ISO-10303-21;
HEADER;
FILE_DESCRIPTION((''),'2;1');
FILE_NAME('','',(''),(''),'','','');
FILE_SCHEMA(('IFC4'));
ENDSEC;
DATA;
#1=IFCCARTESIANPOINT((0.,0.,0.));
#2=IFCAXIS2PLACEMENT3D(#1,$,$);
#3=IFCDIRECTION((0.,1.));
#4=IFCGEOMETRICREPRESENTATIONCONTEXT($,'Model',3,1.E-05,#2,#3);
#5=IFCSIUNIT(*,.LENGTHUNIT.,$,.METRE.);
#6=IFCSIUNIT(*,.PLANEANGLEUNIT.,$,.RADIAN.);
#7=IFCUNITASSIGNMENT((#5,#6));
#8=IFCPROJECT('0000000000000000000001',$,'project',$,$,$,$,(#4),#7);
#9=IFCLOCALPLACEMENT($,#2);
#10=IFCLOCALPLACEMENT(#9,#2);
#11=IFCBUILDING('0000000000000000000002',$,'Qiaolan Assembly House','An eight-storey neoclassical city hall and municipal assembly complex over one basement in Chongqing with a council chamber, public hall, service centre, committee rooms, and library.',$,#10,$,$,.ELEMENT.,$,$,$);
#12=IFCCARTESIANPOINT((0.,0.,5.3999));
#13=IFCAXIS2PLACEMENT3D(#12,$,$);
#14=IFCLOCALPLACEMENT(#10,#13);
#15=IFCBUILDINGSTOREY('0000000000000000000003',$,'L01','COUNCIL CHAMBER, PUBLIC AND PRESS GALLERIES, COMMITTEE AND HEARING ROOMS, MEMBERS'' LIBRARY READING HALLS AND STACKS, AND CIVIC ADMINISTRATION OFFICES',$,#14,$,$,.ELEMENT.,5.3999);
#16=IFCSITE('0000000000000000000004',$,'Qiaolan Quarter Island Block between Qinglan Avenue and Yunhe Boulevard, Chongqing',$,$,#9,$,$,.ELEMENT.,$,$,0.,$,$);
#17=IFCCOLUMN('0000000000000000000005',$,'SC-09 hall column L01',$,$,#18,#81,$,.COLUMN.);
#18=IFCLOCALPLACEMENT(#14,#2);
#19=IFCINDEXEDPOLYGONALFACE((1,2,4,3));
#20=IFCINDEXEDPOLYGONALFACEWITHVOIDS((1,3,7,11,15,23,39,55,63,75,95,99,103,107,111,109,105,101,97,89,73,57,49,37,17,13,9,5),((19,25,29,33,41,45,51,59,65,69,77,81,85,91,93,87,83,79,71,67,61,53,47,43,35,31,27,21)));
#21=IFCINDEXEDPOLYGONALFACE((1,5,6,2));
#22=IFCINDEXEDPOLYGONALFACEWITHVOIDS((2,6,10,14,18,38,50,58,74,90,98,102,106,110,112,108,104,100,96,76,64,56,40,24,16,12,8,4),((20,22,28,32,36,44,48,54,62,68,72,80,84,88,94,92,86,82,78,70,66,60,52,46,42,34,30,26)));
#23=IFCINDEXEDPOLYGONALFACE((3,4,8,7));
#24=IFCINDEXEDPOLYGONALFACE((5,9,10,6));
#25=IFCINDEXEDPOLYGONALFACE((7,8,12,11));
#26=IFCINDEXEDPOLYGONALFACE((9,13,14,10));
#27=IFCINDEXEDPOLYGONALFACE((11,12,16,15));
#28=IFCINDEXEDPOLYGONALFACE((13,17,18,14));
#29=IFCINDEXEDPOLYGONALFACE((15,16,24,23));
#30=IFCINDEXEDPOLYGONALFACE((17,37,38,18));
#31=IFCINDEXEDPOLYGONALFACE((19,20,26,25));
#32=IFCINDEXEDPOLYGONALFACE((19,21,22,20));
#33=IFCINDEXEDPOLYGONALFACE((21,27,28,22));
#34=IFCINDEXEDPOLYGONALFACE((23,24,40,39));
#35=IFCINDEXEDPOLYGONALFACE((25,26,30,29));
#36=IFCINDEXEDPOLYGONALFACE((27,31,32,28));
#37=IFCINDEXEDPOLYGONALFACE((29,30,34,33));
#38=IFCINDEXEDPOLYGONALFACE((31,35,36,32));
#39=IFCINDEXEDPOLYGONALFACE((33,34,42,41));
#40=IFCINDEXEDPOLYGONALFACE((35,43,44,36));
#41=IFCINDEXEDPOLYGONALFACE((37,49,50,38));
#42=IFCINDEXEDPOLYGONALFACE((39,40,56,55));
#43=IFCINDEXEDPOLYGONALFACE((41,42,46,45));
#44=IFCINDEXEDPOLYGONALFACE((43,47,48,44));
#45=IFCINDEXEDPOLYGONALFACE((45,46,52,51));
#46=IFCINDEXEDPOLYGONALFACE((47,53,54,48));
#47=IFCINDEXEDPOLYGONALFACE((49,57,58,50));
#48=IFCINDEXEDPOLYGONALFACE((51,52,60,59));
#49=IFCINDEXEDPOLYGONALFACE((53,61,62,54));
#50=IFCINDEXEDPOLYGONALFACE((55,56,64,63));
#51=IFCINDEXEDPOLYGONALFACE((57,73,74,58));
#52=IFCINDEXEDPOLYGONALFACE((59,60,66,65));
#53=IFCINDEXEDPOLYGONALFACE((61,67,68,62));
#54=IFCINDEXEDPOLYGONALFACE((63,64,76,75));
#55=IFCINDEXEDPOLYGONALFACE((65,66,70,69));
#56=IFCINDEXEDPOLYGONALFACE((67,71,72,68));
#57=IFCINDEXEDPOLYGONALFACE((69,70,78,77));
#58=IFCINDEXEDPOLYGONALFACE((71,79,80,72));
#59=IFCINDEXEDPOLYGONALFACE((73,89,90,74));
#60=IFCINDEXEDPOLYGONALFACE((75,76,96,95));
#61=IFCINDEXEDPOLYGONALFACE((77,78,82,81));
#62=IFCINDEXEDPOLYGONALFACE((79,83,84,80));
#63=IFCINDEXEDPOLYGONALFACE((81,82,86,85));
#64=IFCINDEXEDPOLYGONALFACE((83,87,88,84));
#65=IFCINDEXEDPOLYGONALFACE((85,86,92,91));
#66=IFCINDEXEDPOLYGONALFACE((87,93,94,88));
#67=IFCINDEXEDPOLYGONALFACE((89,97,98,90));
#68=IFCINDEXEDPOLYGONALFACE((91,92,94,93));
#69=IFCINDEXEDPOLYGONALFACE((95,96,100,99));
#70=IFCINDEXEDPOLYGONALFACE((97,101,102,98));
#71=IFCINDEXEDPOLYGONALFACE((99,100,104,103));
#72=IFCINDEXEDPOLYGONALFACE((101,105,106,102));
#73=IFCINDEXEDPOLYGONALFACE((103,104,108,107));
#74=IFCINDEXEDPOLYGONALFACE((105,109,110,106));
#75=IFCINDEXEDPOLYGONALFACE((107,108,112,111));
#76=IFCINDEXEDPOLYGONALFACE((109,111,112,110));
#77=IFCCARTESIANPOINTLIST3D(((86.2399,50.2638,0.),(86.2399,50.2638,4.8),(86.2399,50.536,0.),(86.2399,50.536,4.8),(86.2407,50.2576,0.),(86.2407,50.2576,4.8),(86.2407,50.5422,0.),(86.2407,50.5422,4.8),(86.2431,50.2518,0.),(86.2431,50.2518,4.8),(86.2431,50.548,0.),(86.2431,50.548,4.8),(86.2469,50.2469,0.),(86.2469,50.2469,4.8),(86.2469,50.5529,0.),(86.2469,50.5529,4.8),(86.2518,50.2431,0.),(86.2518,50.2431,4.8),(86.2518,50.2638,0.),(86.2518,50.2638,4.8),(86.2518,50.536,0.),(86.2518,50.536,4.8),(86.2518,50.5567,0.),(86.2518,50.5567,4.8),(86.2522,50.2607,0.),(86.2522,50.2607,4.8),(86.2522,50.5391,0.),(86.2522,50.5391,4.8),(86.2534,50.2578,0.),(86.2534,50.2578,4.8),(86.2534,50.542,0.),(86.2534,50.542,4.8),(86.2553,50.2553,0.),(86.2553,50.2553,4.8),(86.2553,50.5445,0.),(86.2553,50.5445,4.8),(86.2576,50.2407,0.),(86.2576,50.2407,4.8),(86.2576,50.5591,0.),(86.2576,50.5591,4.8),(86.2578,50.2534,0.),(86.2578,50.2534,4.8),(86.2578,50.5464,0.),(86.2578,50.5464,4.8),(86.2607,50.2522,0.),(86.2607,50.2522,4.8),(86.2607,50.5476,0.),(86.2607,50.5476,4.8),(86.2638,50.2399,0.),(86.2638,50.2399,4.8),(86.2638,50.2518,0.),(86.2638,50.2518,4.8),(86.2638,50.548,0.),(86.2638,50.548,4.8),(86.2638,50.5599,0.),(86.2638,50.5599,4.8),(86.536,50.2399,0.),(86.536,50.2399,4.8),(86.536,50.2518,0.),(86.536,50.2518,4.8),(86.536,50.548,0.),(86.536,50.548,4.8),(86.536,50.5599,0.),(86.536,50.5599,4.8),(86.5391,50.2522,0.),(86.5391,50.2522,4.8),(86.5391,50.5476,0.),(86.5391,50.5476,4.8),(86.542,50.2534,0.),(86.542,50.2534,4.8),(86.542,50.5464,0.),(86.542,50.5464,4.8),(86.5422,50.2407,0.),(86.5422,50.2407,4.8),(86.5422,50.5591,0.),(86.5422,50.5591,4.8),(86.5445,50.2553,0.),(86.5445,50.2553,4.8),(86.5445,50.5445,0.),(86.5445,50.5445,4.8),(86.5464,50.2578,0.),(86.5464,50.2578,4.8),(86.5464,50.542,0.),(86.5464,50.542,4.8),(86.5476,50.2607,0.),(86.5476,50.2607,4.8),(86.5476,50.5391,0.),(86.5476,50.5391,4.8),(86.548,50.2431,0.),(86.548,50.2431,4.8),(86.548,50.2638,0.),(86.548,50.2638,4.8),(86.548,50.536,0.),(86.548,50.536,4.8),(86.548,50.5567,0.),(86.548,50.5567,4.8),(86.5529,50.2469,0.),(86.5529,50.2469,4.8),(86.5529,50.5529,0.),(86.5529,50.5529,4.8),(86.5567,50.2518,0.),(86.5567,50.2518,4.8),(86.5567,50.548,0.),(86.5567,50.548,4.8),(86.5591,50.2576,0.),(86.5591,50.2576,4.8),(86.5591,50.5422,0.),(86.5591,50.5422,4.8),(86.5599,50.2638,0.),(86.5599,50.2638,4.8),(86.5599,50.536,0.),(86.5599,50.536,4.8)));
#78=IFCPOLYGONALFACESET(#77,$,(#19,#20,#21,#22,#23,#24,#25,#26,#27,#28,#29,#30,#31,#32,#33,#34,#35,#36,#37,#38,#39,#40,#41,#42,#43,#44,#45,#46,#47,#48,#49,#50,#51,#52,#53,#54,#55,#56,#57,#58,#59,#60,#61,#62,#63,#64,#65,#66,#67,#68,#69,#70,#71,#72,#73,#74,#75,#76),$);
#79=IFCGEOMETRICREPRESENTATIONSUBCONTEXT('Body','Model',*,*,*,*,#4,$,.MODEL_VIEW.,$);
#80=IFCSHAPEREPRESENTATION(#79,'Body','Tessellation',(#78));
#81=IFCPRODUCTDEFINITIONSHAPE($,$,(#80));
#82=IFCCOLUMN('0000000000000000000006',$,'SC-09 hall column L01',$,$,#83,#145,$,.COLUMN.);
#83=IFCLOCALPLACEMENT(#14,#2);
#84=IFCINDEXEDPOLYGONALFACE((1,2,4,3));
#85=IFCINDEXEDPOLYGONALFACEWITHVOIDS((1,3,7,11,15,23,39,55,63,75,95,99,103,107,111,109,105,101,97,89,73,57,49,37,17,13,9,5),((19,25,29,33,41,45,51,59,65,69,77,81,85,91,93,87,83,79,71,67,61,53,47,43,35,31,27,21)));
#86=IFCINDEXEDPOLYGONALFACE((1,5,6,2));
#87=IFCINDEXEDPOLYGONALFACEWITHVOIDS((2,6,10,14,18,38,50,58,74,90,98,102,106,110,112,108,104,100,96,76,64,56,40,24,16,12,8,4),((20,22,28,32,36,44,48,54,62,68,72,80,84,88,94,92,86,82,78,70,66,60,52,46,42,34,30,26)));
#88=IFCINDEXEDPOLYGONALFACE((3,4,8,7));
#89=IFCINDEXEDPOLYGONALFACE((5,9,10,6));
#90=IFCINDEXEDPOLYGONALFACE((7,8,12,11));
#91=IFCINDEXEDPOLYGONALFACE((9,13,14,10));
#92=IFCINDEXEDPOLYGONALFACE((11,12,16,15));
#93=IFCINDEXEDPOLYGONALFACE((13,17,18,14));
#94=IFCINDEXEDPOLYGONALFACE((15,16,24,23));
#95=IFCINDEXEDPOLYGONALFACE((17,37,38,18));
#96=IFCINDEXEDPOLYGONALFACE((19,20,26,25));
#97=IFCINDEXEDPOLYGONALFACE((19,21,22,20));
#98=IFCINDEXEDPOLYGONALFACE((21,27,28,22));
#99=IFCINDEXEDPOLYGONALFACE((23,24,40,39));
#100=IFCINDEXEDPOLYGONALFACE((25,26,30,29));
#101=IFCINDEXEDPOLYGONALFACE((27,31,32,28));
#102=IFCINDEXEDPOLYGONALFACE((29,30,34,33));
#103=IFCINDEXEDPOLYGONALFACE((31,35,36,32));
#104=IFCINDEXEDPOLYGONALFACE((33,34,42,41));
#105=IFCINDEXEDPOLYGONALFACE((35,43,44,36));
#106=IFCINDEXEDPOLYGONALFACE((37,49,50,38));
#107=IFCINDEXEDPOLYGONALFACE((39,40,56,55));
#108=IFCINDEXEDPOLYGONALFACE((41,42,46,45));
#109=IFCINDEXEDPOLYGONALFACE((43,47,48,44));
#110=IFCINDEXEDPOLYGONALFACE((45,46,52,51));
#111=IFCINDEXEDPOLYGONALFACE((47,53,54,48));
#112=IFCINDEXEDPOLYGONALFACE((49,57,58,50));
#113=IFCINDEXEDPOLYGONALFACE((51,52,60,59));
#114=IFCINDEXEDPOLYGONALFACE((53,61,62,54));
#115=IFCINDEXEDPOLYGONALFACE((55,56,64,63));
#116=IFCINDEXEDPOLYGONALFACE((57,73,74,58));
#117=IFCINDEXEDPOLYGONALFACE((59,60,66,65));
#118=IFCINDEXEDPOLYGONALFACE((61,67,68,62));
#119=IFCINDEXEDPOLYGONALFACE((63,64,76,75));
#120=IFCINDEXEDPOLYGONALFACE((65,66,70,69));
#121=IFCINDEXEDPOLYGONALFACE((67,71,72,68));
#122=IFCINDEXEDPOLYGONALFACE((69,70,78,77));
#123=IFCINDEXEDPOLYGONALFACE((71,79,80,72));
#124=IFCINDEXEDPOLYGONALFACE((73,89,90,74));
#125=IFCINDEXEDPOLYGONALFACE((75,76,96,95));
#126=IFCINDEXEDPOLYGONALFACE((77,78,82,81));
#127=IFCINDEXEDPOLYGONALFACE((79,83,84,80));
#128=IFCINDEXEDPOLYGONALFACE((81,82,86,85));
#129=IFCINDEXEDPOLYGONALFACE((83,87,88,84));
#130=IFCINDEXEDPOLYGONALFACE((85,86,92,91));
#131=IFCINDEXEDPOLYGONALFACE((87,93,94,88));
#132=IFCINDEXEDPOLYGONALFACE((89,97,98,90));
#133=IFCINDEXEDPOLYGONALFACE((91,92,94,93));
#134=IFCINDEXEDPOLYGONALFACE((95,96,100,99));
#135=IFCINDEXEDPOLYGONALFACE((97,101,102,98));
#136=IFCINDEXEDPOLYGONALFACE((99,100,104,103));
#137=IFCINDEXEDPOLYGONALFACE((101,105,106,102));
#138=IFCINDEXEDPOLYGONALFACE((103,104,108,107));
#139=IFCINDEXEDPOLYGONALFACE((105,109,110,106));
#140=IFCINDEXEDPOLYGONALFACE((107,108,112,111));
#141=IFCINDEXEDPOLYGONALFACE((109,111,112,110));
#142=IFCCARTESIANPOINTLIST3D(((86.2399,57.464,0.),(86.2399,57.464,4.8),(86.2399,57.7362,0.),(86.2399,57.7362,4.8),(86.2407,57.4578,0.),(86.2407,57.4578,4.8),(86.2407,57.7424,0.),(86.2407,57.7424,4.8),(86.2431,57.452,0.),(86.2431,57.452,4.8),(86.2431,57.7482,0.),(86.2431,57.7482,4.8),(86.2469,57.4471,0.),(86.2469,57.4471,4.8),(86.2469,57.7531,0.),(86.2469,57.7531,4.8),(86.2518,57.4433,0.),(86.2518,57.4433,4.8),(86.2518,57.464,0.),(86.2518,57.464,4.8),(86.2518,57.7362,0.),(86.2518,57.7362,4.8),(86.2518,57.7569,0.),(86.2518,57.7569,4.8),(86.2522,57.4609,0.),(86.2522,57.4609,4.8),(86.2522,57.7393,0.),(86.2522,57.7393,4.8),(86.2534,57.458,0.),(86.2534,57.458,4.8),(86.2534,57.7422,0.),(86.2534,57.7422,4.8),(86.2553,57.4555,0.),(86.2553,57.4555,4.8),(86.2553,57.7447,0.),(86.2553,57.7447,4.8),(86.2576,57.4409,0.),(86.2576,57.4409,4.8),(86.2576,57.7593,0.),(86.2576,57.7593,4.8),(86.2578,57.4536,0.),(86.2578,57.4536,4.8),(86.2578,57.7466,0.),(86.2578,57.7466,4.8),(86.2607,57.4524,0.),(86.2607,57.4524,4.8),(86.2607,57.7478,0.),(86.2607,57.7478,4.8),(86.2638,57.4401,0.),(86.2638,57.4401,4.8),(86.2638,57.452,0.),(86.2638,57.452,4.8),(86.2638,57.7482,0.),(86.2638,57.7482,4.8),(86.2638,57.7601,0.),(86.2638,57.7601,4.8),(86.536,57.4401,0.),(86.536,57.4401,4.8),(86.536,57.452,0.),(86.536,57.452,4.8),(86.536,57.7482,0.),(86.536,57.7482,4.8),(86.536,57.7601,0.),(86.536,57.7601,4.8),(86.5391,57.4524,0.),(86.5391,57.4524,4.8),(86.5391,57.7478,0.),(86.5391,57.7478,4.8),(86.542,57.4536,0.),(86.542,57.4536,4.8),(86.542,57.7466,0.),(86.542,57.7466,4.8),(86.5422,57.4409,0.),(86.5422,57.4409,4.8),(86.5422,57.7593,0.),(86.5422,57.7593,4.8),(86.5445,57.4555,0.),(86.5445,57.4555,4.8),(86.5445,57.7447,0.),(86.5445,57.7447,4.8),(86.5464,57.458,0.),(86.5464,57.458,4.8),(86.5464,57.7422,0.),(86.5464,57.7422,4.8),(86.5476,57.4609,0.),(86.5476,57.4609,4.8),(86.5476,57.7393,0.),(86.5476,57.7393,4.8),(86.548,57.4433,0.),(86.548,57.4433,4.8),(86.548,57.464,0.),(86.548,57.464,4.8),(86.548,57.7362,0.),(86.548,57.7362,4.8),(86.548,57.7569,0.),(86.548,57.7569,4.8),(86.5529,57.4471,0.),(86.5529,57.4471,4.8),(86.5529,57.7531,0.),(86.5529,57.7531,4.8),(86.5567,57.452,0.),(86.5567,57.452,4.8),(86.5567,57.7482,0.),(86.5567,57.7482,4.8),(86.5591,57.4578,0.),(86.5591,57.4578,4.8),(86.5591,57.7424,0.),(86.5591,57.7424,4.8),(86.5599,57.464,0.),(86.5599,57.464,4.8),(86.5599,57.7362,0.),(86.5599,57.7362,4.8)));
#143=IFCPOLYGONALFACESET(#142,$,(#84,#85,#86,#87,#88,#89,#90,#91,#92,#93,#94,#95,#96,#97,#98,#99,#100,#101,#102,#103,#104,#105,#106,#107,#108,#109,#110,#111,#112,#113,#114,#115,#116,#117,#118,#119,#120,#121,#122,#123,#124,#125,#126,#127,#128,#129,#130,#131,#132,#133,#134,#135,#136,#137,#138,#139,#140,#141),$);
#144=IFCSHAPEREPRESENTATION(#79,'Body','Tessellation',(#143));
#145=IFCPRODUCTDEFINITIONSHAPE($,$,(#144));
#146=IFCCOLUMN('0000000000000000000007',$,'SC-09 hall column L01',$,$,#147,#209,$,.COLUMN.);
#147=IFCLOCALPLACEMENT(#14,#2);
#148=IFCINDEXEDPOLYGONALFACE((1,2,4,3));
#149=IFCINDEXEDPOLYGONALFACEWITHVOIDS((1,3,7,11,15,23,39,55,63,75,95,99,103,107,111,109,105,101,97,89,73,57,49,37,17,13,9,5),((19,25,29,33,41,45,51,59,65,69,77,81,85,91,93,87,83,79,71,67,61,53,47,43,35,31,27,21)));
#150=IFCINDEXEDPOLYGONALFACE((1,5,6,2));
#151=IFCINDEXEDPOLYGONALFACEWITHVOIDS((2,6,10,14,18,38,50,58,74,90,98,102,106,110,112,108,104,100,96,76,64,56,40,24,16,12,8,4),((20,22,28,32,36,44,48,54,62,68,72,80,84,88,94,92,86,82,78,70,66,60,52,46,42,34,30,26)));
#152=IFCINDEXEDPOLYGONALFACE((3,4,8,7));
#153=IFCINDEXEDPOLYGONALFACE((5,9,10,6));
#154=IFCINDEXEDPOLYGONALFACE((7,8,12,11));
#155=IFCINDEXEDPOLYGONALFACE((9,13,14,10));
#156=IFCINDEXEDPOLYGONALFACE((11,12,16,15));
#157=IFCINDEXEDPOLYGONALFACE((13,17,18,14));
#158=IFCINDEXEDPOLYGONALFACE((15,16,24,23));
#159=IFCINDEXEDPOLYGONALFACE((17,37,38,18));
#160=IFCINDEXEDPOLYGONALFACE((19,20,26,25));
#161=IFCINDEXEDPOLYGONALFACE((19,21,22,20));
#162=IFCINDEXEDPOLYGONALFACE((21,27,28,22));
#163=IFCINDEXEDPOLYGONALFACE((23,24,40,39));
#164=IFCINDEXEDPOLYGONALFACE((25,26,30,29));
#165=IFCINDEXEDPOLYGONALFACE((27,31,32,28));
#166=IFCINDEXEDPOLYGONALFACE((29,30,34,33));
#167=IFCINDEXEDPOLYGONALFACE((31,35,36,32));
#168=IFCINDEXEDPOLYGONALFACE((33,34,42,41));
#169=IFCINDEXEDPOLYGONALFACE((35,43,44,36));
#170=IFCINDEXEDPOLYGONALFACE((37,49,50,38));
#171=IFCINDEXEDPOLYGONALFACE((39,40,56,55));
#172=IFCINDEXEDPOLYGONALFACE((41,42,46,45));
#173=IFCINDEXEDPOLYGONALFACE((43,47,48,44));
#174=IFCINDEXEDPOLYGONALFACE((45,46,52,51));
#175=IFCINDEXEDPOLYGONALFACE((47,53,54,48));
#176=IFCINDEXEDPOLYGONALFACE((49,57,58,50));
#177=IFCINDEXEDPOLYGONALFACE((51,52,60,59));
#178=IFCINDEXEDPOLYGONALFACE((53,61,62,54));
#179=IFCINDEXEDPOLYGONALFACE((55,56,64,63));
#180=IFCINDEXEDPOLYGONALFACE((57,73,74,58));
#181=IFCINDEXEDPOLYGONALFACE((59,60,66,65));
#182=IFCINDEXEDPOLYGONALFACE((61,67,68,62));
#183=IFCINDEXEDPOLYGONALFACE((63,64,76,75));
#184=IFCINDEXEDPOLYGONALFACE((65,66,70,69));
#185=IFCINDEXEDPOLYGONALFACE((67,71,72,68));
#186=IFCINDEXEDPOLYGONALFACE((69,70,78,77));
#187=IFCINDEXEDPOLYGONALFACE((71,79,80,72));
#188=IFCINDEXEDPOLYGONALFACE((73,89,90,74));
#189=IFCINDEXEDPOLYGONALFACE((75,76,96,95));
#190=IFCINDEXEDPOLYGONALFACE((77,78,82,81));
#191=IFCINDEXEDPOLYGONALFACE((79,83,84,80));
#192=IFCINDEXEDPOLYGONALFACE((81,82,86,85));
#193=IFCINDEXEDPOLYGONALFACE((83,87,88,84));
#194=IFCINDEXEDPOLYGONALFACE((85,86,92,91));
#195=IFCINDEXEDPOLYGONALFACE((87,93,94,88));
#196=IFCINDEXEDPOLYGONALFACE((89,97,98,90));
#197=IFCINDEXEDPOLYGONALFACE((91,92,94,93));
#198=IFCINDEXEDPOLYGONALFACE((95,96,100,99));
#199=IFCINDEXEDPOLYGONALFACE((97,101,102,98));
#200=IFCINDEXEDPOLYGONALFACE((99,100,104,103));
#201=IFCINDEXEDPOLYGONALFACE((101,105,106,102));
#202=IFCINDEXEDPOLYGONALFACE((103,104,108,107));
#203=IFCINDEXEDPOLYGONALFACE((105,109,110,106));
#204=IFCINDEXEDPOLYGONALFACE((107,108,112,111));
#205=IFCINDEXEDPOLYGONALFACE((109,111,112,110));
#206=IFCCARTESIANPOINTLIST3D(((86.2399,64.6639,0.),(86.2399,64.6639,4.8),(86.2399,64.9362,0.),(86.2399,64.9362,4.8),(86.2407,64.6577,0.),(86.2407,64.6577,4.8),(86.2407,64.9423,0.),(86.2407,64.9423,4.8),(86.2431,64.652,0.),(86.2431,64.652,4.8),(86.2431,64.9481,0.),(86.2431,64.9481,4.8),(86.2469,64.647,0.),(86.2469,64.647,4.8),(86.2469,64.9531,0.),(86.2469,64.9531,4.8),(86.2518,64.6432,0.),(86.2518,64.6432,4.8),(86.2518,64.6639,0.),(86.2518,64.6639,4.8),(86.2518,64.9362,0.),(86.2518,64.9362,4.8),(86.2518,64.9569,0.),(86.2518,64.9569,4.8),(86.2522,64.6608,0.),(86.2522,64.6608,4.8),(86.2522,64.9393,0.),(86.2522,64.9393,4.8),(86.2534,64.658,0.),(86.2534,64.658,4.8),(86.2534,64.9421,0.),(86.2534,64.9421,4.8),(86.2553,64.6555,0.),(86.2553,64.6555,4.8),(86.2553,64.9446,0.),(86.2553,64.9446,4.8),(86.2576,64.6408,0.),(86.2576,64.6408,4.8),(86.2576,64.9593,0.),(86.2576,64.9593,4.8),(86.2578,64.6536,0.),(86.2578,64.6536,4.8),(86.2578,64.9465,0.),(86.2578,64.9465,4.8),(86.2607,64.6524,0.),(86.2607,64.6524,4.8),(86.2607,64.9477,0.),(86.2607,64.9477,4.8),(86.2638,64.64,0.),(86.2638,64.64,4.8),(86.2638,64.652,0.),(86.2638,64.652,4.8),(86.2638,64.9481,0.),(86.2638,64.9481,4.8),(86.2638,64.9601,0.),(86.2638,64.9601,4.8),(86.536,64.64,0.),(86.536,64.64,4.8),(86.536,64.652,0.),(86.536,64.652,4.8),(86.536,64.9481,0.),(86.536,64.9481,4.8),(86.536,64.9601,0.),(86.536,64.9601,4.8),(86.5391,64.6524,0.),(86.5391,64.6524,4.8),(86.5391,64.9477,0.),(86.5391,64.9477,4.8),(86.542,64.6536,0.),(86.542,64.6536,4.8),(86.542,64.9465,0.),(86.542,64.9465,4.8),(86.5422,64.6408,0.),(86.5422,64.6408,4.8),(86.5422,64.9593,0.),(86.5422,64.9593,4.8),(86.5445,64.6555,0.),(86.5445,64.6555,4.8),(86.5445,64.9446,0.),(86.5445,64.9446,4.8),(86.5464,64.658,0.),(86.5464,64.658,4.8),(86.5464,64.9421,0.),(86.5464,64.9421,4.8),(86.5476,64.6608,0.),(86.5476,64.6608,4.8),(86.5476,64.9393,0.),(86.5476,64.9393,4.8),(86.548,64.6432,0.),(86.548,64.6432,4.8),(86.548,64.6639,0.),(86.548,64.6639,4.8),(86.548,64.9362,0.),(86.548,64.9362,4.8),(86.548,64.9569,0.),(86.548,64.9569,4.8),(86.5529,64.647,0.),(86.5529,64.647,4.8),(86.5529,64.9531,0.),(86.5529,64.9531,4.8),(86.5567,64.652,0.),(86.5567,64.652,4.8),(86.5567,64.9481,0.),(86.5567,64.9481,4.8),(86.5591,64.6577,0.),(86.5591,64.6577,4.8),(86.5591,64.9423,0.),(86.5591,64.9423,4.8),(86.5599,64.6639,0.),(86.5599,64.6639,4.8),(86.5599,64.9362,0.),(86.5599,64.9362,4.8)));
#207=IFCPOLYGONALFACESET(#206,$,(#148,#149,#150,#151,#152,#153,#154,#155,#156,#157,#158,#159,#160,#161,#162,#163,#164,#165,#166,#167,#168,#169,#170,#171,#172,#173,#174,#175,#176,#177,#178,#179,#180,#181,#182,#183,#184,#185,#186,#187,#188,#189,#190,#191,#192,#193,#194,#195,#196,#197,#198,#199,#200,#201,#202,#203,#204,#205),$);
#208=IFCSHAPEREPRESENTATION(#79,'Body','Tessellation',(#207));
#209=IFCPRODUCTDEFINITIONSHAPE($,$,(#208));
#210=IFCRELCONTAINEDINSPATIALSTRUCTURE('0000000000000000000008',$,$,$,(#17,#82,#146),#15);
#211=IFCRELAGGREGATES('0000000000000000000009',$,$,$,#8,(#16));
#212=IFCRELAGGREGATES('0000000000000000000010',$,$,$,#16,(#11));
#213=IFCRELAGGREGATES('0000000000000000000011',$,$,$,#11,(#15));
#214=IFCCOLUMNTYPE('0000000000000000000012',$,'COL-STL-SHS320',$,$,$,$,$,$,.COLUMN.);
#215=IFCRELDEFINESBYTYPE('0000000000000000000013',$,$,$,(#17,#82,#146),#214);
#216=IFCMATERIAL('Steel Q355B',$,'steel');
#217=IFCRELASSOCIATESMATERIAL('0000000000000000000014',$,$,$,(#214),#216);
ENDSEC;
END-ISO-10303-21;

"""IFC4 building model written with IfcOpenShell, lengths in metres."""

from ifc_helpers import new_model, si_unit, direction, frame, origin, origin_2d, place, context, subcontext, project, spatial, hollow_rectangle, extrude, material, material_profile, profile_set, type_object, element, save


model = new_model("IFC4")

# Units and contexts
model_context = context("Model", 3, precision=1e-05, world=origin(), true_north=direction((0.0, 1.0)))
body_context = subcontext(model_context, "Body", "Model", "MODEL_VIEW")
ifc_project = project(units=[si_unit("LENGTHUNIT", "METRE"), si_unit("PLANEANGLEUNIT", "RADIAN")], contexts=[model_context])

# Site, building, storey
site_placement = place(None, origin())
site = spatial("IfcSite", under=ifc_project, at=site_placement, Name="Qiaolan Quarter Island Block between Qinglan Avenue and Yunhe Boulevard, Chongqing", CompositionType="ELEMENT", RefElevation=0.0)
building_placement = place(site_placement, origin())
building = spatial("IfcBuilding", under=site, at=building_placement, Name="Qiaolan Assembly House", Description="An eight-storey neoclassical city hall and municipal assembly complex over one basement in Chongqing with a council chamber, public hall, service centre, committee rooms, and library.", CompositionType="ELEMENT")
storey_placement = place(building_placement, frame((0.0, 0.0, 5.3999)))
storey = spatial("IfcBuildingStorey", under=building, at=storey_placement, Name="L01", Description="COUNCIL CHAMBER, PUBLIC AND PRESS GALLERIES, COMMITTEE AND HEARING ROOMS, MEMBERS' LIBRARY READING HALLS AND STACKS, AND CIVIC ADMINISTRATION OFFICES", CompositionType="ELEMENT", Elevation=5.3999)

# Columns
ifc_material_1 = material(Name="Steel Q355B", Category="steel")
ifc_material_profile_1 = material_profile(ifc_material_1, hollow_rectangle(XDim=0.3201, YDim=0.3201, WallThickness=0.012, InnerFilletRadius=0.012, OuterFilletRadius=0.0239, at=origin_2d()), Name="SHS 320x320x12")
ifc_profile_set_1 = profile_set([ifc_material_profile_1], Name="Steel Q355B")
column_type_1 = type_object("IfcColumnType", Name="COL-STL-SHS320", PredefinedType="COLUMN", material=ifc_profile_set_1)
for number, where, z_axis, x_axis, name in (
    (1, (86.3999, 50.3999, 0.0), (0.0, 0.0, 1.0), (1.0, 0.0, 0.0), "SC-09 hall column L01"),
    (2, (86.3999, 57.6001, 0.0), (0.0, 0.0, 1.0), (1.0, 0.0, 0.0), "SC-09 hall column L01"),
    (3, (86.3999, 64.8, 0.0), (0.0, 0.0, 1.0), (1.0, 0.0, 0.0), "SC-09 hall column L01"),
):
    element("IfcColumn", number, at=place(storey_placement, frame(where, z_axis=z_axis, x_axis=x_axis)), inside=storey, type_object=column_type_1, Name=name, PredefinedType="COLUMN", context=body_context, shape_type="SweptSolid", body=[
        extrude(hollow_rectangle(XDim=0.3201, YDim=0.3201, WallThickness=0.012, InnerFilletRadius=0.012, OuterFilletRadius=0.0239, at=origin_2d()), origin(), (0.0, 0.0, 1.0), 4.8),
    ])

save(model, "model.ifc")
